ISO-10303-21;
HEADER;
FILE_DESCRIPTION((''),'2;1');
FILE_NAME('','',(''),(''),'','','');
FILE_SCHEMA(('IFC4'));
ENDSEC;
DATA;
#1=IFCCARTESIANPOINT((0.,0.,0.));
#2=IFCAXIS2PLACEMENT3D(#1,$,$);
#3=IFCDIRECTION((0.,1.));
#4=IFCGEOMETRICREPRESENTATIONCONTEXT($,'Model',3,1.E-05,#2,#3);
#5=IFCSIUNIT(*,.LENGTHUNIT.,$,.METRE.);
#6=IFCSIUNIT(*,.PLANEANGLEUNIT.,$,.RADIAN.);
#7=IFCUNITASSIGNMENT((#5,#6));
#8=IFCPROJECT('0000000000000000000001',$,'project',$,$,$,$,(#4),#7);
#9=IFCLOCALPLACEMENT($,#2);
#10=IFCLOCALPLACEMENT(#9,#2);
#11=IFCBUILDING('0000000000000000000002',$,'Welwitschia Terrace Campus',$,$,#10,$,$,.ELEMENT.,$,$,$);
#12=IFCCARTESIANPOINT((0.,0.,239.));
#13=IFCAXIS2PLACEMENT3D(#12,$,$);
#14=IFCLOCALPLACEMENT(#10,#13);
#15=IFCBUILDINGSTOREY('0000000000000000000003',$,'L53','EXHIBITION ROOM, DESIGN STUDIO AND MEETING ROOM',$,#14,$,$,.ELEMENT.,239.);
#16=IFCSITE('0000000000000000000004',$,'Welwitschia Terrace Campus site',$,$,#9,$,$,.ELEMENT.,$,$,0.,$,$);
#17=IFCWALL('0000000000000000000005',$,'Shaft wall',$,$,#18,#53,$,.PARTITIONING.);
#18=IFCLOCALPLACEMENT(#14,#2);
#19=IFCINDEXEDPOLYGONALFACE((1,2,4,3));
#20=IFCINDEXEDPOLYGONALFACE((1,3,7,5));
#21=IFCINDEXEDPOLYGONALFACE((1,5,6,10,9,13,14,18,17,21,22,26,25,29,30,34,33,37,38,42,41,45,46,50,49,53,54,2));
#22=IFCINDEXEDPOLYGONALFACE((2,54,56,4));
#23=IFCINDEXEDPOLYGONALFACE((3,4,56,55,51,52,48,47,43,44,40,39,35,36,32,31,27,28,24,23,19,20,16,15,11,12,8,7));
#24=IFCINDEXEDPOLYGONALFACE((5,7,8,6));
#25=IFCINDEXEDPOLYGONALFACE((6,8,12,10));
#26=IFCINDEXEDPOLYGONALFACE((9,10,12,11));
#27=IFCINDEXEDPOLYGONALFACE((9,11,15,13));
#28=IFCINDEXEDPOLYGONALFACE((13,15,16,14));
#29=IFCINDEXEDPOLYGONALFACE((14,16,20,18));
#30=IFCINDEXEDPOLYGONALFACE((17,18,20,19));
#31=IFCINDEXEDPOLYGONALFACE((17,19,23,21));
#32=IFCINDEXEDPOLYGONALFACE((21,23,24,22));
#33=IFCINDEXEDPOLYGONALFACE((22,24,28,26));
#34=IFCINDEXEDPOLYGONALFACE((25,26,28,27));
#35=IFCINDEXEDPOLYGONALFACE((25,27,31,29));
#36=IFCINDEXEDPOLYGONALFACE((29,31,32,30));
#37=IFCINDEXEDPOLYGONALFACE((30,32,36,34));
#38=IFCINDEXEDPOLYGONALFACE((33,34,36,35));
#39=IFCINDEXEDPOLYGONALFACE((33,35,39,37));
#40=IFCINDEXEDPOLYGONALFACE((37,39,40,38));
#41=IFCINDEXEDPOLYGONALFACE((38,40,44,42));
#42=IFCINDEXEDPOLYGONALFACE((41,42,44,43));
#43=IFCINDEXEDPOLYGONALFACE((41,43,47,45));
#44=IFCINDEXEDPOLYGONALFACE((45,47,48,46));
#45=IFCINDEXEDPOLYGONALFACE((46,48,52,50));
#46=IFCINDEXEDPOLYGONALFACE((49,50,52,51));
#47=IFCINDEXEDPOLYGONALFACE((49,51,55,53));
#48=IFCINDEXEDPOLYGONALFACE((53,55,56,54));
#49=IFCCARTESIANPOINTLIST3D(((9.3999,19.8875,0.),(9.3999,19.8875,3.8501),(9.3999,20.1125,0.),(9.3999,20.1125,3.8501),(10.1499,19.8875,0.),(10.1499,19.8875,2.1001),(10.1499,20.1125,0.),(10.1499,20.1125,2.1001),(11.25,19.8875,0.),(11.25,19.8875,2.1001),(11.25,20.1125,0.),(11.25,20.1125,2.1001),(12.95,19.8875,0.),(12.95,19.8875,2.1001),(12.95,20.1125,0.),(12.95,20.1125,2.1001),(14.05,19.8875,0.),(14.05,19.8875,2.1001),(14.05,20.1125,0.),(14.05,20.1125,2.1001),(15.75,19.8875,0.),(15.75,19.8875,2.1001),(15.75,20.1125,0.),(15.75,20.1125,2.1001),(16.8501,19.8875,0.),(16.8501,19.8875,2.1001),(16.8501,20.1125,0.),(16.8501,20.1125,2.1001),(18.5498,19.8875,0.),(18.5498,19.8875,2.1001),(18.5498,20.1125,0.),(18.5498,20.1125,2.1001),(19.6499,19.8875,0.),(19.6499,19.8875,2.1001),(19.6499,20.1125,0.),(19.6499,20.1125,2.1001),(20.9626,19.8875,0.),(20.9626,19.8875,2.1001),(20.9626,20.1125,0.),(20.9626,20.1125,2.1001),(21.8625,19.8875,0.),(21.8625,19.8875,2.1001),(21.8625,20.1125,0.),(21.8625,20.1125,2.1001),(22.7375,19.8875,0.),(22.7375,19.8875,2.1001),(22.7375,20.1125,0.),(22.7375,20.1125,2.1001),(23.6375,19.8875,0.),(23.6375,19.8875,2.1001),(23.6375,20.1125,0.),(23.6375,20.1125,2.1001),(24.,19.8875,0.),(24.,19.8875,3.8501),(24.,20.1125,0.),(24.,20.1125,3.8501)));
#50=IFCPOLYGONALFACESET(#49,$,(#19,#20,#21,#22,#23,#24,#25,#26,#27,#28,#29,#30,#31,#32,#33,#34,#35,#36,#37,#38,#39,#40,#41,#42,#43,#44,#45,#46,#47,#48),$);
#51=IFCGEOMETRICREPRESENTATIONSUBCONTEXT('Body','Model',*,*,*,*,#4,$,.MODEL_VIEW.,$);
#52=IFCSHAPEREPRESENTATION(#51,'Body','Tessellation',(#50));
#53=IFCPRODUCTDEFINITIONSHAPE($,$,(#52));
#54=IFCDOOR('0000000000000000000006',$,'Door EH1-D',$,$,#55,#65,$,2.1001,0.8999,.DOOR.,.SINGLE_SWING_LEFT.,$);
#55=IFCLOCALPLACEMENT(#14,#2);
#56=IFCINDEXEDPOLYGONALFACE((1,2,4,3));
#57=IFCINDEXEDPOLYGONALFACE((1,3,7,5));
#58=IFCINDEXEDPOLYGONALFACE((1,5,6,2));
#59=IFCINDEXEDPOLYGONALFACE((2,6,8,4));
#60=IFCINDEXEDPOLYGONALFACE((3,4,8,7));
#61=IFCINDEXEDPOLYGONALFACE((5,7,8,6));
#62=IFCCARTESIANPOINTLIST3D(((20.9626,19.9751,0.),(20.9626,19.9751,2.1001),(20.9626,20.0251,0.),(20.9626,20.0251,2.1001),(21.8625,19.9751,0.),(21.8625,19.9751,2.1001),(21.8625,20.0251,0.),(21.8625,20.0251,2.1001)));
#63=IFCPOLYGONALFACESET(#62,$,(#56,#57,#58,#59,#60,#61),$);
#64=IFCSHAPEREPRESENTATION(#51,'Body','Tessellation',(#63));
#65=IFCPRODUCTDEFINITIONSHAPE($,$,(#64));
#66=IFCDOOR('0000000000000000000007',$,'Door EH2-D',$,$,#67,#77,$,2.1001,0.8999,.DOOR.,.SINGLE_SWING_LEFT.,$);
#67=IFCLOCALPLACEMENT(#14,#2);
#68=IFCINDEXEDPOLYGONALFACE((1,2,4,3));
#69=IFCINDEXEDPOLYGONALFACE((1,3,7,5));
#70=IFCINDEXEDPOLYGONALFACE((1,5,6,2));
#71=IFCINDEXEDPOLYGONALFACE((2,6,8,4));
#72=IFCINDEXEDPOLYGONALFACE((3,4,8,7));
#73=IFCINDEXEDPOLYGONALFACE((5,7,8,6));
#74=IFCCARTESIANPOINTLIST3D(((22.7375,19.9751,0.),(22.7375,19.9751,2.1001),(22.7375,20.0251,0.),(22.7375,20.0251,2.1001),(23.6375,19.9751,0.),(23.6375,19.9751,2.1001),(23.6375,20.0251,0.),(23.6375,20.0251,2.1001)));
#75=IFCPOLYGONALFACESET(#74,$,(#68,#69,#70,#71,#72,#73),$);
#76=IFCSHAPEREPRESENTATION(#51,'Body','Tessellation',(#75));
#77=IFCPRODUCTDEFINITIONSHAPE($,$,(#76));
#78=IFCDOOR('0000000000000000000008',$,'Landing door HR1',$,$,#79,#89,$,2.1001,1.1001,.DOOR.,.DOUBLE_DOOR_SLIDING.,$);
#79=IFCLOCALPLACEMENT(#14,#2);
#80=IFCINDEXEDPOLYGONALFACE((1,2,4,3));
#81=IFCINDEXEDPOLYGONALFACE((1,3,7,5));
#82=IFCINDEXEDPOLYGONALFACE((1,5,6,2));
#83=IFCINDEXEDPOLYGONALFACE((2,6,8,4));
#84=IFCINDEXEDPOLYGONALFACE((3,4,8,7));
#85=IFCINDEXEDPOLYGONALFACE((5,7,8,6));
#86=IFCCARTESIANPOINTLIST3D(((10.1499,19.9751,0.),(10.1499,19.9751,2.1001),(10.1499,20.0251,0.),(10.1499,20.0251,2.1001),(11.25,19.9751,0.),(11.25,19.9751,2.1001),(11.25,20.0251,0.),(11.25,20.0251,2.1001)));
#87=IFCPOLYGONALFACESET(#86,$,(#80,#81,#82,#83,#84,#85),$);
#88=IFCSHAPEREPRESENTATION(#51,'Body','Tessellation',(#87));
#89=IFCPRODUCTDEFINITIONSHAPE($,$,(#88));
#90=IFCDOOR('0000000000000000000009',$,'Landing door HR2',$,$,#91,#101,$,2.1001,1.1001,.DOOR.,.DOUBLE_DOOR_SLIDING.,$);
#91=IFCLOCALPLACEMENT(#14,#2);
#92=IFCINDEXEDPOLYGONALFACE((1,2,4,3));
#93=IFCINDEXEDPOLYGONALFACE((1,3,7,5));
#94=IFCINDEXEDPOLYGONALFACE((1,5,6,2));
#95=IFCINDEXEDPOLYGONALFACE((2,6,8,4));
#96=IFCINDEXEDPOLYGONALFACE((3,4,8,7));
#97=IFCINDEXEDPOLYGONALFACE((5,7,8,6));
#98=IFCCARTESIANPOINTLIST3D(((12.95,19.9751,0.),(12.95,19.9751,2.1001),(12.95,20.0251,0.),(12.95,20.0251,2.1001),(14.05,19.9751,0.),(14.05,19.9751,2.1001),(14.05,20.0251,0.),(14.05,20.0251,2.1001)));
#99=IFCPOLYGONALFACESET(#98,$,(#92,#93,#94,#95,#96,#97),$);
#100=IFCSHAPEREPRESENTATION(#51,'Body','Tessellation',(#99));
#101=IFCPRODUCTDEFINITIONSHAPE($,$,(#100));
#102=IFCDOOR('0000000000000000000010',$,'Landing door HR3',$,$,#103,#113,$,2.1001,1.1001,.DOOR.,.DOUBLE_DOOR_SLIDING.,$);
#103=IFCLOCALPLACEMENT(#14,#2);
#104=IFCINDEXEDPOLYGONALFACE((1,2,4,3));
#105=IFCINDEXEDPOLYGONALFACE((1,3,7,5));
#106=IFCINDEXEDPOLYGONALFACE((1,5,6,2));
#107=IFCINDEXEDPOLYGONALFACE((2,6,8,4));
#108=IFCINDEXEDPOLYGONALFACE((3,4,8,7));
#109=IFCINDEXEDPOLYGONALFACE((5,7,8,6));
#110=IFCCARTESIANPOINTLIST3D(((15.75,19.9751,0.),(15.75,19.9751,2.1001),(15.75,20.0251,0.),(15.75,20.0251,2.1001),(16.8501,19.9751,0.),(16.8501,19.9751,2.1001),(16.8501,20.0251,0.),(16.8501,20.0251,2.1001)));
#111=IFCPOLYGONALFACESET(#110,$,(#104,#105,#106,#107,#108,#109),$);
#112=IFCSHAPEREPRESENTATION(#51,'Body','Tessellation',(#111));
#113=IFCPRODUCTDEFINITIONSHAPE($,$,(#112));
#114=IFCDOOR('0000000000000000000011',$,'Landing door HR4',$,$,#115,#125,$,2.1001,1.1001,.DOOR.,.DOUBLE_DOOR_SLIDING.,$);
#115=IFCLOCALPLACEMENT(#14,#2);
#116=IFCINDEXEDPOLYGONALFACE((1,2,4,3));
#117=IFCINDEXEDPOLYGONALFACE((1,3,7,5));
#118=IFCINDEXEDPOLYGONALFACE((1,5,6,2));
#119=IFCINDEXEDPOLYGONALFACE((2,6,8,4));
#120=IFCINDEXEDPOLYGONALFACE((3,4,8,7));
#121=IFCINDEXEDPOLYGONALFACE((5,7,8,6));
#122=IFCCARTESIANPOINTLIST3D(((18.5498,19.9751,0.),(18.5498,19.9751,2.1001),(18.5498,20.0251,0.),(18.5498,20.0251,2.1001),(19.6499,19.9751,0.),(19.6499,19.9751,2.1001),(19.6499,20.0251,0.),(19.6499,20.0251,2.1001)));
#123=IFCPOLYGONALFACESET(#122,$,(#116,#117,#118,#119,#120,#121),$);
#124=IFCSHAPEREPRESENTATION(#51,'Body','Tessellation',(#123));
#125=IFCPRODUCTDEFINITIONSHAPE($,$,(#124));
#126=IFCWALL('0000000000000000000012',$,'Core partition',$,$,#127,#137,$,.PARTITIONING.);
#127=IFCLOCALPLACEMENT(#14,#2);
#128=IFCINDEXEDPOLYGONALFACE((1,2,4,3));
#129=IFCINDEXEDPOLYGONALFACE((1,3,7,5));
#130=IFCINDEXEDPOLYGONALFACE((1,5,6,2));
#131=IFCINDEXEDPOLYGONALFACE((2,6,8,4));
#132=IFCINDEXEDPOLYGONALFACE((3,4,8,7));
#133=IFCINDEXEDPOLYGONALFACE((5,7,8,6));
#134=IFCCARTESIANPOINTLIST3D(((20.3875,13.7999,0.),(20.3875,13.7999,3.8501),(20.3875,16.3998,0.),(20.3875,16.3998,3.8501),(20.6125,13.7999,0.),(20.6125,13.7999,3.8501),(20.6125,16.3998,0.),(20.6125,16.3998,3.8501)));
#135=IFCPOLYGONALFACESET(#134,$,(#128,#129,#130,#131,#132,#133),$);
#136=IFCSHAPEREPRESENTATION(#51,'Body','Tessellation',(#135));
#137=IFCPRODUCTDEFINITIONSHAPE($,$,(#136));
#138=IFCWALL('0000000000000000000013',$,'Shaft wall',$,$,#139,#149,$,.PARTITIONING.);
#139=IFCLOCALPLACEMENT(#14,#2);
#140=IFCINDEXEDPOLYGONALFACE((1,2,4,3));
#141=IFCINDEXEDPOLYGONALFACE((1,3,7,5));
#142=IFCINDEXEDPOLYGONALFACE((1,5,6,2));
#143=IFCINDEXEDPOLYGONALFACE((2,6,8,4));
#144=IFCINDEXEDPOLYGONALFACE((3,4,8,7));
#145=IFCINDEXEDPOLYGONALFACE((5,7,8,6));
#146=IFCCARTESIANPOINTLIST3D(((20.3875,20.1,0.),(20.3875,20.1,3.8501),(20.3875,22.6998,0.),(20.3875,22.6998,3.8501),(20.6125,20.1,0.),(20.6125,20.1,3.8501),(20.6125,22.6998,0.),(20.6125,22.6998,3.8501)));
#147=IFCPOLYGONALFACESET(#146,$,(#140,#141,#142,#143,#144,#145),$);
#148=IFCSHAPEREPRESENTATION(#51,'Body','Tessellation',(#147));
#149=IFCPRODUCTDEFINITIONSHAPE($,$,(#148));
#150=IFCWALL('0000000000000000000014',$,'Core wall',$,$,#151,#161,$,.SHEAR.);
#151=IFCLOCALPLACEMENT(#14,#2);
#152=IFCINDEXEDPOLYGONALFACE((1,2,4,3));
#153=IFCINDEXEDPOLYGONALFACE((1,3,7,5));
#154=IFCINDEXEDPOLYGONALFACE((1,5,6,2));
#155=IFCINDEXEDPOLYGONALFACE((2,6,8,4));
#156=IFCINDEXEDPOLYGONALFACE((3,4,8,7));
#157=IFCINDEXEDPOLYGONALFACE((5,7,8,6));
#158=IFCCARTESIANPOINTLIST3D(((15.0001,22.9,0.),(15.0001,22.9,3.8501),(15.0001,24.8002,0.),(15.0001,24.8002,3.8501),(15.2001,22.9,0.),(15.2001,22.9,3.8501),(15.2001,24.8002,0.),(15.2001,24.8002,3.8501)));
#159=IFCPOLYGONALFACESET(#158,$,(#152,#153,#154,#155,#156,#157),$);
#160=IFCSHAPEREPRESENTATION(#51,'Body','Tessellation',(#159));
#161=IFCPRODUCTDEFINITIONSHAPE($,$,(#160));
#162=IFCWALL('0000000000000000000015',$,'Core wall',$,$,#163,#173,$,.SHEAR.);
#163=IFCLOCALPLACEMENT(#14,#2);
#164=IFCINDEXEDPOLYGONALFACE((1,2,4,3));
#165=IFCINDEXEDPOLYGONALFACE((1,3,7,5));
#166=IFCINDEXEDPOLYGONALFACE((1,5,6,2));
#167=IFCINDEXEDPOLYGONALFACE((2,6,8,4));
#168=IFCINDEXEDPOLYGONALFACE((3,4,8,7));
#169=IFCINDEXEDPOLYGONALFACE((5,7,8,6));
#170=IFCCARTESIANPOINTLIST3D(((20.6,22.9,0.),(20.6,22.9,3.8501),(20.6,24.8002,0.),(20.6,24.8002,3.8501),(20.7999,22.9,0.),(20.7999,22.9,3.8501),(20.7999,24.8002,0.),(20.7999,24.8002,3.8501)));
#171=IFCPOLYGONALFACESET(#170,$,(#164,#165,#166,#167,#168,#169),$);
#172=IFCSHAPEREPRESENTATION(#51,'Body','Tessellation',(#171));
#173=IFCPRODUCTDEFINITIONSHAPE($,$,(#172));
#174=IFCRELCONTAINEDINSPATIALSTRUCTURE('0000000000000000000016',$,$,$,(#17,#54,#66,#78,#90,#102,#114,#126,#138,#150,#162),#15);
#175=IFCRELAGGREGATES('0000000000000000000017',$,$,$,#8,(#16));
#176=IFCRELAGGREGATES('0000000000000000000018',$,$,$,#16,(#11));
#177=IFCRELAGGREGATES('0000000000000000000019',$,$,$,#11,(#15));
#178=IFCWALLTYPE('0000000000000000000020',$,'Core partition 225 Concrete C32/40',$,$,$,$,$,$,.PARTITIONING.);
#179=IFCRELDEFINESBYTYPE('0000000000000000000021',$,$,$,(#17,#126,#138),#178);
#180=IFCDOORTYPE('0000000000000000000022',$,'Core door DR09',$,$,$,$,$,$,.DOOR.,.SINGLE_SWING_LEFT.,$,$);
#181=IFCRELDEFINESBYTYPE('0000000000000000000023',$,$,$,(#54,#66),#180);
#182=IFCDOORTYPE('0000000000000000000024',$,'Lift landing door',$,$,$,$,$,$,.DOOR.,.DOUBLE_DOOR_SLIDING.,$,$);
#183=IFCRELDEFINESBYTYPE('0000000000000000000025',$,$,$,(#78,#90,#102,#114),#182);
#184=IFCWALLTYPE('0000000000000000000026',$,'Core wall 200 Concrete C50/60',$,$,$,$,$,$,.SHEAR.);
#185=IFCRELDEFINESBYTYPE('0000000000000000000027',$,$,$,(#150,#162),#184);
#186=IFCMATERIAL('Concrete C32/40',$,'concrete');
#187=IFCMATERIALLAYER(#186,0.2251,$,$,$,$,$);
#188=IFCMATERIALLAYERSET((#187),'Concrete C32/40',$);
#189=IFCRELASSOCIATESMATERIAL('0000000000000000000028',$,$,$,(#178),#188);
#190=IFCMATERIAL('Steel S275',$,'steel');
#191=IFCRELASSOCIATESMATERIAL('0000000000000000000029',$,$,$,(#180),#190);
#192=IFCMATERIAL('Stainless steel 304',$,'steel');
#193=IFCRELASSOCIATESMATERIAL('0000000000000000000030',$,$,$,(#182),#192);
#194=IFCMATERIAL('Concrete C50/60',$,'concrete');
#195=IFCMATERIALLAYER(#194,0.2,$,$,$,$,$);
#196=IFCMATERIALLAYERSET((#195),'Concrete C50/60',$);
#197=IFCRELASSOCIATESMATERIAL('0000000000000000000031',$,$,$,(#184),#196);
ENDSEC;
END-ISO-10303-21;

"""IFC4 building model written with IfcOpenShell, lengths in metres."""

from ifc_helpers import new_model, si_unit, direction, frame, frame_2d, origin, place, context, subcontext, project, spatial, rectangle, extrude, material, layer, layer_set, type_object, element, fill, save


model = new_model("IFC4")

# Units and contexts
model_context = context("Model", 3, precision=1e-05, world=origin(), true_north=direction((0.0, 1.0)))
body_context = subcontext(model_context, "Body", "Model", "MODEL_VIEW")
ifc_project = project(units=[si_unit("LENGTHUNIT", "METRE"), si_unit("PLANEANGLEUNIT", "RADIAN")], contexts=[model_context])

# Site, building, storey
site_placement = place(None, origin())
site = spatial("IfcSite", under=ifc_project, at=site_placement, Name="Welwitschia Terrace Campus site", CompositionType="ELEMENT", RefElevation=0.0)
building_placement = place(site_placement, origin())
building = spatial("IfcBuilding", under=site, at=building_placement, Name="Welwitschia Terrace Campus", CompositionType="ELEMENT")
storey_placement = place(building_placement, frame((0.0, 0.0, 239.0)))
storey = spatial("IfcBuildingStorey", under=building, at=storey_placement, Name="L53", Description="EXHIBITION ROOM, DESIGN STUDIO AND MEETING ROOM", CompositionType="ELEMENT", Elevation=239.0)

# Shared definitions
ifc_material_1 = material(Name="Concrete C32/40", Category="concrete")
ifc_layer_1 = layer(ifc_material_1, 0.2251)
ifc_layer_set_1 = layer_set([ifc_layer_1], Name="Concrete C32/40")
wall_type_1 = type_object("IfcWallType", Name="Core partition 225 Concrete C32/40", PredefinedType="PARTITIONING", material=ifc_layer_set_1)

# Wall, openings, doors
wall_1_placement = place(storey_placement, frame((24.0, 20.0, 0.0), z_axis=(0.0, 0.0, 1.0), x_axis=(-1.0, 0.0, 0.0)))
wall_1 = element("IfcWall", 1, at=wall_1_placement, inside=storey, type_object=wall_type_1, Name="Shaft wall", PredefinedType="PARTITIONING", context=body_context, shape_type="SweptSolid", body=[
    extrude(rectangle(XDim=14.6001, YDim=0.2251, at=frame_2d((7.3, 0.0))), origin(), (0.0, 0.0, 1.0), 3.8501),
])
opening_1_placement = place(wall_1_placement, frame((12.75, 0.0, 0.0)))
opening_1 = element("IfcOpeningElement", 2, at=opening_1_placement, cuts=wall_1, PredefinedType="OPENING", context=body_context, shape_type="SweptSolid", body=[
    extrude(rectangle(XDim=1.1001, YDim=2.1001, at=frame_2d((0.55, 1.05))), frame((0.0, 0.1226, 0.0), z_axis=(0.0, -1.0, 0.0), x_axis=(1.0, 0.0, 0.0)), (0.0, 0.0, 1.0), 0.2451),
])
opening_2_placement = place(wall_1_placement, frame((9.95, 0.0, 0.0)))
opening_2 = element("IfcOpeningElement", 3, at=opening_2_placement, cuts=wall_1, PredefinedType="OPENING", context=body_context, shape_type="SweptSolid", body=[
    extrude(rectangle(XDim=1.1001, YDim=2.1001, at=frame_2d((0.55, 1.05))), frame((0.0, 0.1226, 0.0), z_axis=(0.0, -1.0, 0.0), x_axis=(1.0, 0.0, 0.0)), (0.0, 0.0, 1.0), 0.2451),
])
opening_3_placement = place(wall_1_placement, frame((7.1499, 0.0, 0.0)))
opening_3 = element("IfcOpeningElement", 4, at=opening_3_placement, cuts=wall_1, PredefinedType="OPENING", context=body_context, shape_type="SweptSolid", body=[
    extrude(rectangle(XDim=1.1001, YDim=2.1001, at=frame_2d((0.55, 1.05))), frame((0.0, 0.1226, 0.0), z_axis=(0.0, -1.0, 0.0), x_axis=(1.0, 0.0, 0.0)), (0.0, 0.0, 1.0), 0.2451),
])
opening_4_placement = place(wall_1_placement, frame((4.3501, 0.0, 0.0)))
opening_4 = element("IfcOpeningElement", 5, at=opening_4_placement, cuts=wall_1, PredefinedType="OPENING", context=body_context, shape_type="SweptSolid", body=[
    extrude(rectangle(XDim=1.1001, YDim=2.1001, at=frame_2d((0.55, 1.05))), frame((0.0, 0.1226, 0.0), z_axis=(0.0, -1.0, 0.0), x_axis=(1.0, 0.0, 0.0)), (0.0, 0.0, 1.0), 0.2451),
])
opening_5_placement = place(wall_1_placement, frame((2.1375, 0.0, 0.0)))
opening_5 = element("IfcOpeningElement", 6, at=opening_5_placement, cuts=wall_1, PredefinedType="OPENING", context=body_context, shape_type="SweptSolid", body=[
    extrude(rectangle(XDim=0.8999, YDim=2.1001, at=frame_2d((0.45, 1.05))), frame((0.0, 0.1226, 0.0), z_axis=(0.0, -1.0, 0.0), x_axis=(1.0, 0.0, 0.0)), (0.0, 0.0, 1.0), 0.2451),
])
opening_6_placement = place(wall_1_placement, frame((0.3625, 0.0, 0.0)))
opening_6 = element("IfcOpeningElement", 7, at=opening_6_placement, cuts=wall_1, PredefinedType="OPENING", context=body_context, shape_type="SweptSolid", body=[
    extrude(rectangle(XDim=0.8999, YDim=2.1001, at=frame_2d((0.45, 1.05))), frame((0.0, 0.1226, 0.0), z_axis=(0.0, -1.0, 0.0), x_axis=(1.0, 0.0, 0.0)), (0.0, 0.0, 1.0), 0.2451),
])
ifc_material_2 = material(Name="Steel S275", Category="steel")
door_type_1 = type_object("IfcDoorType", Name="Core door DR09", OperationType="SINGLE_SWING_LEFT", PredefinedType="DOOR", material=ifc_material_2)
door_1_placement = place(opening_5_placement, origin())
door_1 = element("IfcDoor", 8, at=door_1_placement, inside=storey, type_object=door_type_1, Name="Door EH1-D", OperationType="SINGLE_SWING_LEFT", OverallHeight=2.1001, OverallWidth=0.8999, PredefinedType="DOOR", context=body_context, shape_type="SweptSolid", body=[
    extrude(rectangle(XDim=0.8999, YDim=2.1001, at=frame_2d((0.45, 1.05))), frame((0.0, 0.0249, 0.0), z_axis=(0.0, -1.0, 0.0), x_axis=(1.0, 0.0, 0.0)), (0.0, 0.0, 1.0), 0.05),
])
fill(opening_5, door_1)
door_2_placement = place(opening_6_placement, origin())
door_2 = element("IfcDoor", 9, at=door_2_placement, inside=storey, type_object=door_type_1, Name="Door EH2-D", OperationType="SINGLE_SWING_LEFT", OverallHeight=2.1001, OverallWidth=0.8999, PredefinedType="DOOR", context=body_context, shape_type="SweptSolid", body=[
    extrude(rectangle(XDim=0.8999, YDim=2.1001, at=frame_2d((0.45, 1.05))), frame((0.0, 0.0249, 0.0), z_axis=(0.0, -1.0, 0.0), x_axis=(1.0, 0.0, 0.0)), (0.0, 0.0, 1.0), 0.05),
])
fill(opening_6, door_2)
ifc_material_3 = material(Name="Stainless steel 304", Category="steel")
door_type_2 = type_object("IfcDoorType", Name="Lift landing door", OperationType="DOUBLE_DOOR_SLIDING", PredefinedType="DOOR", material=ifc_material_3)
door_3_placement = place(opening_1_placement, origin())
door_3 = element("IfcDoor", 10, at=door_3_placement, inside=storey, type_object=door_type_2, Name="Landing door HR1", OperationType="DOUBLE_DOOR_SLIDING", OverallHeight=2.1001, OverallWidth=1.1001, PredefinedType="DOOR", context=body_context, shape_type="SweptSolid", body=[
    extrude(rectangle(XDim=1.1001, YDim=2.1001, at=frame_2d((0.55, 1.05))), frame((0.0, 0.0249, 0.0), z_axis=(0.0, -1.0, 0.0), x_axis=(1.0, 0.0, 0.0)), (0.0, 0.0, 1.0), 0.05),
])
fill(opening_1, door_3)
door_4_placement = place(opening_2_placement, origin())
door_4 = element("IfcDoor", 11, at=door_4_placement, inside=storey, type_object=door_type_2, Name="Landing door HR2", OperationType="DOUBLE_DOOR_SLIDING", OverallHeight=2.1001, OverallWidth=1.1001, PredefinedType="DOOR", context=body_context, shape_type="SweptSolid", body=[
    extrude(rectangle(XDim=1.1001, YDim=2.1001, at=frame_2d((0.55, 1.05))), frame((0.0, 0.0249, 0.0), z_axis=(0.0, -1.0, 0.0), x_axis=(1.0, 0.0, 0.0)), (0.0, 0.0, 1.0), 0.05),
])
fill(opening_2, door_4)
door_5_placement = place(opening_3_placement, origin())
door_5 = element("IfcDoor", 12, at=door_5_placement, inside=storey, type_object=door_type_2, Name="Landing door HR3", OperationType="DOUBLE_DOOR_SLIDING", OverallHeight=2.1001, OverallWidth=1.1001, PredefinedType="DOOR", context=body_context, shape_type="SweptSolid", body=[
    extrude(rectangle(XDim=1.1001, YDim=2.1001, at=frame_2d((0.55, 1.05))), frame((0.0, 0.0249, 0.0), z_axis=(0.0, -1.0, 0.0), x_axis=(1.0, 0.0, 0.0)), (0.0, 0.0, 1.0), 0.05),
])
fill(opening_3, door_5)
door_6_placement = place(opening_4_placement, origin())
door_6 = element("IfcDoor", 13, at=door_6_placement, inside=storey, type_object=door_type_2, Name="Landing door HR4", OperationType="DOUBLE_DOOR_SLIDING", OverallHeight=2.1001, OverallWidth=1.1001, PredefinedType="DOOR", context=body_context, shape_type="SweptSolid", body=[
    extrude(rectangle(XDim=1.1001, YDim=2.1001, at=frame_2d((0.55, 1.05))), frame((0.0, 0.0249, 0.0), z_axis=(0.0, -1.0, 0.0), x_axis=(1.0, 0.0, 0.0)), (0.0, 0.0, 1.0), 0.05),
])
fill(opening_4, door_6)

# Walls
for number, where, z_axis, x_axis, name in (
    (14, (20.5, 13.8, 0.0), (0.0, 0.0, 1.0), (0.0, 1.0, 0.0), "Core partition"),
    (15, (20.5, 20.1001, 0.0), (0.0, 0.0, 1.0), (0.0, 1.0, 0.0), "Shaft wall"),
):
    element("IfcWall", number, at=place(storey_placement, frame(where, z_axis=z_axis, x_axis=x_axis)), inside=storey, type_object=wall_type_1, Name=name, PredefinedType="PARTITIONING", context=body_context, shape_type="SweptSolid", body=[
        extrude(rectangle(XDim=2.5999, YDim=0.2251, at=frame_2d((1.2998, 0.0))), origin(), (0.0, 0.0, 1.0), 3.8501),
    ])
ifc_material_4 = material(Name="Concrete C50/60", Category="concrete")
ifc_layer_2 = layer(ifc_material_4, 0.2)
ifc_layer_set_2 = layer_set([ifc_layer_2], Name="Concrete C50/60")
wall_type_2 = type_object("IfcWallType", Name="Core wall 200 Concrete C50/60", PredefinedType="SHEAR", material=ifc_layer_set_2)
for number, where, z_axis, x_axis, name in (
    (16, (15.1001, 22.8999, 0.0), (0.0, 0.0, 1.0), (0.0, 1.0, 0.0), "Core wall"),
    (17, (20.7, 22.8999, 0.0), (0.0, 0.0, 1.0), (0.0, 1.0, 0.0), "Core wall"),
):
    element("IfcWall", number, at=place(storey_placement, frame(where, z_axis=z_axis, x_axis=x_axis)), inside=storey, type_object=wall_type_2, Name=name, PredefinedType="SHEAR", context=body_context, shape_type="SweptSolid", body=[
        extrude(rectangle(XDim=1.9001, YDim=0.2, at=frame_2d((0.9502, 0.0))), origin(), (0.0, 0.0, 1.0), 3.8501),
    ])

save(model, "model.ifc")
